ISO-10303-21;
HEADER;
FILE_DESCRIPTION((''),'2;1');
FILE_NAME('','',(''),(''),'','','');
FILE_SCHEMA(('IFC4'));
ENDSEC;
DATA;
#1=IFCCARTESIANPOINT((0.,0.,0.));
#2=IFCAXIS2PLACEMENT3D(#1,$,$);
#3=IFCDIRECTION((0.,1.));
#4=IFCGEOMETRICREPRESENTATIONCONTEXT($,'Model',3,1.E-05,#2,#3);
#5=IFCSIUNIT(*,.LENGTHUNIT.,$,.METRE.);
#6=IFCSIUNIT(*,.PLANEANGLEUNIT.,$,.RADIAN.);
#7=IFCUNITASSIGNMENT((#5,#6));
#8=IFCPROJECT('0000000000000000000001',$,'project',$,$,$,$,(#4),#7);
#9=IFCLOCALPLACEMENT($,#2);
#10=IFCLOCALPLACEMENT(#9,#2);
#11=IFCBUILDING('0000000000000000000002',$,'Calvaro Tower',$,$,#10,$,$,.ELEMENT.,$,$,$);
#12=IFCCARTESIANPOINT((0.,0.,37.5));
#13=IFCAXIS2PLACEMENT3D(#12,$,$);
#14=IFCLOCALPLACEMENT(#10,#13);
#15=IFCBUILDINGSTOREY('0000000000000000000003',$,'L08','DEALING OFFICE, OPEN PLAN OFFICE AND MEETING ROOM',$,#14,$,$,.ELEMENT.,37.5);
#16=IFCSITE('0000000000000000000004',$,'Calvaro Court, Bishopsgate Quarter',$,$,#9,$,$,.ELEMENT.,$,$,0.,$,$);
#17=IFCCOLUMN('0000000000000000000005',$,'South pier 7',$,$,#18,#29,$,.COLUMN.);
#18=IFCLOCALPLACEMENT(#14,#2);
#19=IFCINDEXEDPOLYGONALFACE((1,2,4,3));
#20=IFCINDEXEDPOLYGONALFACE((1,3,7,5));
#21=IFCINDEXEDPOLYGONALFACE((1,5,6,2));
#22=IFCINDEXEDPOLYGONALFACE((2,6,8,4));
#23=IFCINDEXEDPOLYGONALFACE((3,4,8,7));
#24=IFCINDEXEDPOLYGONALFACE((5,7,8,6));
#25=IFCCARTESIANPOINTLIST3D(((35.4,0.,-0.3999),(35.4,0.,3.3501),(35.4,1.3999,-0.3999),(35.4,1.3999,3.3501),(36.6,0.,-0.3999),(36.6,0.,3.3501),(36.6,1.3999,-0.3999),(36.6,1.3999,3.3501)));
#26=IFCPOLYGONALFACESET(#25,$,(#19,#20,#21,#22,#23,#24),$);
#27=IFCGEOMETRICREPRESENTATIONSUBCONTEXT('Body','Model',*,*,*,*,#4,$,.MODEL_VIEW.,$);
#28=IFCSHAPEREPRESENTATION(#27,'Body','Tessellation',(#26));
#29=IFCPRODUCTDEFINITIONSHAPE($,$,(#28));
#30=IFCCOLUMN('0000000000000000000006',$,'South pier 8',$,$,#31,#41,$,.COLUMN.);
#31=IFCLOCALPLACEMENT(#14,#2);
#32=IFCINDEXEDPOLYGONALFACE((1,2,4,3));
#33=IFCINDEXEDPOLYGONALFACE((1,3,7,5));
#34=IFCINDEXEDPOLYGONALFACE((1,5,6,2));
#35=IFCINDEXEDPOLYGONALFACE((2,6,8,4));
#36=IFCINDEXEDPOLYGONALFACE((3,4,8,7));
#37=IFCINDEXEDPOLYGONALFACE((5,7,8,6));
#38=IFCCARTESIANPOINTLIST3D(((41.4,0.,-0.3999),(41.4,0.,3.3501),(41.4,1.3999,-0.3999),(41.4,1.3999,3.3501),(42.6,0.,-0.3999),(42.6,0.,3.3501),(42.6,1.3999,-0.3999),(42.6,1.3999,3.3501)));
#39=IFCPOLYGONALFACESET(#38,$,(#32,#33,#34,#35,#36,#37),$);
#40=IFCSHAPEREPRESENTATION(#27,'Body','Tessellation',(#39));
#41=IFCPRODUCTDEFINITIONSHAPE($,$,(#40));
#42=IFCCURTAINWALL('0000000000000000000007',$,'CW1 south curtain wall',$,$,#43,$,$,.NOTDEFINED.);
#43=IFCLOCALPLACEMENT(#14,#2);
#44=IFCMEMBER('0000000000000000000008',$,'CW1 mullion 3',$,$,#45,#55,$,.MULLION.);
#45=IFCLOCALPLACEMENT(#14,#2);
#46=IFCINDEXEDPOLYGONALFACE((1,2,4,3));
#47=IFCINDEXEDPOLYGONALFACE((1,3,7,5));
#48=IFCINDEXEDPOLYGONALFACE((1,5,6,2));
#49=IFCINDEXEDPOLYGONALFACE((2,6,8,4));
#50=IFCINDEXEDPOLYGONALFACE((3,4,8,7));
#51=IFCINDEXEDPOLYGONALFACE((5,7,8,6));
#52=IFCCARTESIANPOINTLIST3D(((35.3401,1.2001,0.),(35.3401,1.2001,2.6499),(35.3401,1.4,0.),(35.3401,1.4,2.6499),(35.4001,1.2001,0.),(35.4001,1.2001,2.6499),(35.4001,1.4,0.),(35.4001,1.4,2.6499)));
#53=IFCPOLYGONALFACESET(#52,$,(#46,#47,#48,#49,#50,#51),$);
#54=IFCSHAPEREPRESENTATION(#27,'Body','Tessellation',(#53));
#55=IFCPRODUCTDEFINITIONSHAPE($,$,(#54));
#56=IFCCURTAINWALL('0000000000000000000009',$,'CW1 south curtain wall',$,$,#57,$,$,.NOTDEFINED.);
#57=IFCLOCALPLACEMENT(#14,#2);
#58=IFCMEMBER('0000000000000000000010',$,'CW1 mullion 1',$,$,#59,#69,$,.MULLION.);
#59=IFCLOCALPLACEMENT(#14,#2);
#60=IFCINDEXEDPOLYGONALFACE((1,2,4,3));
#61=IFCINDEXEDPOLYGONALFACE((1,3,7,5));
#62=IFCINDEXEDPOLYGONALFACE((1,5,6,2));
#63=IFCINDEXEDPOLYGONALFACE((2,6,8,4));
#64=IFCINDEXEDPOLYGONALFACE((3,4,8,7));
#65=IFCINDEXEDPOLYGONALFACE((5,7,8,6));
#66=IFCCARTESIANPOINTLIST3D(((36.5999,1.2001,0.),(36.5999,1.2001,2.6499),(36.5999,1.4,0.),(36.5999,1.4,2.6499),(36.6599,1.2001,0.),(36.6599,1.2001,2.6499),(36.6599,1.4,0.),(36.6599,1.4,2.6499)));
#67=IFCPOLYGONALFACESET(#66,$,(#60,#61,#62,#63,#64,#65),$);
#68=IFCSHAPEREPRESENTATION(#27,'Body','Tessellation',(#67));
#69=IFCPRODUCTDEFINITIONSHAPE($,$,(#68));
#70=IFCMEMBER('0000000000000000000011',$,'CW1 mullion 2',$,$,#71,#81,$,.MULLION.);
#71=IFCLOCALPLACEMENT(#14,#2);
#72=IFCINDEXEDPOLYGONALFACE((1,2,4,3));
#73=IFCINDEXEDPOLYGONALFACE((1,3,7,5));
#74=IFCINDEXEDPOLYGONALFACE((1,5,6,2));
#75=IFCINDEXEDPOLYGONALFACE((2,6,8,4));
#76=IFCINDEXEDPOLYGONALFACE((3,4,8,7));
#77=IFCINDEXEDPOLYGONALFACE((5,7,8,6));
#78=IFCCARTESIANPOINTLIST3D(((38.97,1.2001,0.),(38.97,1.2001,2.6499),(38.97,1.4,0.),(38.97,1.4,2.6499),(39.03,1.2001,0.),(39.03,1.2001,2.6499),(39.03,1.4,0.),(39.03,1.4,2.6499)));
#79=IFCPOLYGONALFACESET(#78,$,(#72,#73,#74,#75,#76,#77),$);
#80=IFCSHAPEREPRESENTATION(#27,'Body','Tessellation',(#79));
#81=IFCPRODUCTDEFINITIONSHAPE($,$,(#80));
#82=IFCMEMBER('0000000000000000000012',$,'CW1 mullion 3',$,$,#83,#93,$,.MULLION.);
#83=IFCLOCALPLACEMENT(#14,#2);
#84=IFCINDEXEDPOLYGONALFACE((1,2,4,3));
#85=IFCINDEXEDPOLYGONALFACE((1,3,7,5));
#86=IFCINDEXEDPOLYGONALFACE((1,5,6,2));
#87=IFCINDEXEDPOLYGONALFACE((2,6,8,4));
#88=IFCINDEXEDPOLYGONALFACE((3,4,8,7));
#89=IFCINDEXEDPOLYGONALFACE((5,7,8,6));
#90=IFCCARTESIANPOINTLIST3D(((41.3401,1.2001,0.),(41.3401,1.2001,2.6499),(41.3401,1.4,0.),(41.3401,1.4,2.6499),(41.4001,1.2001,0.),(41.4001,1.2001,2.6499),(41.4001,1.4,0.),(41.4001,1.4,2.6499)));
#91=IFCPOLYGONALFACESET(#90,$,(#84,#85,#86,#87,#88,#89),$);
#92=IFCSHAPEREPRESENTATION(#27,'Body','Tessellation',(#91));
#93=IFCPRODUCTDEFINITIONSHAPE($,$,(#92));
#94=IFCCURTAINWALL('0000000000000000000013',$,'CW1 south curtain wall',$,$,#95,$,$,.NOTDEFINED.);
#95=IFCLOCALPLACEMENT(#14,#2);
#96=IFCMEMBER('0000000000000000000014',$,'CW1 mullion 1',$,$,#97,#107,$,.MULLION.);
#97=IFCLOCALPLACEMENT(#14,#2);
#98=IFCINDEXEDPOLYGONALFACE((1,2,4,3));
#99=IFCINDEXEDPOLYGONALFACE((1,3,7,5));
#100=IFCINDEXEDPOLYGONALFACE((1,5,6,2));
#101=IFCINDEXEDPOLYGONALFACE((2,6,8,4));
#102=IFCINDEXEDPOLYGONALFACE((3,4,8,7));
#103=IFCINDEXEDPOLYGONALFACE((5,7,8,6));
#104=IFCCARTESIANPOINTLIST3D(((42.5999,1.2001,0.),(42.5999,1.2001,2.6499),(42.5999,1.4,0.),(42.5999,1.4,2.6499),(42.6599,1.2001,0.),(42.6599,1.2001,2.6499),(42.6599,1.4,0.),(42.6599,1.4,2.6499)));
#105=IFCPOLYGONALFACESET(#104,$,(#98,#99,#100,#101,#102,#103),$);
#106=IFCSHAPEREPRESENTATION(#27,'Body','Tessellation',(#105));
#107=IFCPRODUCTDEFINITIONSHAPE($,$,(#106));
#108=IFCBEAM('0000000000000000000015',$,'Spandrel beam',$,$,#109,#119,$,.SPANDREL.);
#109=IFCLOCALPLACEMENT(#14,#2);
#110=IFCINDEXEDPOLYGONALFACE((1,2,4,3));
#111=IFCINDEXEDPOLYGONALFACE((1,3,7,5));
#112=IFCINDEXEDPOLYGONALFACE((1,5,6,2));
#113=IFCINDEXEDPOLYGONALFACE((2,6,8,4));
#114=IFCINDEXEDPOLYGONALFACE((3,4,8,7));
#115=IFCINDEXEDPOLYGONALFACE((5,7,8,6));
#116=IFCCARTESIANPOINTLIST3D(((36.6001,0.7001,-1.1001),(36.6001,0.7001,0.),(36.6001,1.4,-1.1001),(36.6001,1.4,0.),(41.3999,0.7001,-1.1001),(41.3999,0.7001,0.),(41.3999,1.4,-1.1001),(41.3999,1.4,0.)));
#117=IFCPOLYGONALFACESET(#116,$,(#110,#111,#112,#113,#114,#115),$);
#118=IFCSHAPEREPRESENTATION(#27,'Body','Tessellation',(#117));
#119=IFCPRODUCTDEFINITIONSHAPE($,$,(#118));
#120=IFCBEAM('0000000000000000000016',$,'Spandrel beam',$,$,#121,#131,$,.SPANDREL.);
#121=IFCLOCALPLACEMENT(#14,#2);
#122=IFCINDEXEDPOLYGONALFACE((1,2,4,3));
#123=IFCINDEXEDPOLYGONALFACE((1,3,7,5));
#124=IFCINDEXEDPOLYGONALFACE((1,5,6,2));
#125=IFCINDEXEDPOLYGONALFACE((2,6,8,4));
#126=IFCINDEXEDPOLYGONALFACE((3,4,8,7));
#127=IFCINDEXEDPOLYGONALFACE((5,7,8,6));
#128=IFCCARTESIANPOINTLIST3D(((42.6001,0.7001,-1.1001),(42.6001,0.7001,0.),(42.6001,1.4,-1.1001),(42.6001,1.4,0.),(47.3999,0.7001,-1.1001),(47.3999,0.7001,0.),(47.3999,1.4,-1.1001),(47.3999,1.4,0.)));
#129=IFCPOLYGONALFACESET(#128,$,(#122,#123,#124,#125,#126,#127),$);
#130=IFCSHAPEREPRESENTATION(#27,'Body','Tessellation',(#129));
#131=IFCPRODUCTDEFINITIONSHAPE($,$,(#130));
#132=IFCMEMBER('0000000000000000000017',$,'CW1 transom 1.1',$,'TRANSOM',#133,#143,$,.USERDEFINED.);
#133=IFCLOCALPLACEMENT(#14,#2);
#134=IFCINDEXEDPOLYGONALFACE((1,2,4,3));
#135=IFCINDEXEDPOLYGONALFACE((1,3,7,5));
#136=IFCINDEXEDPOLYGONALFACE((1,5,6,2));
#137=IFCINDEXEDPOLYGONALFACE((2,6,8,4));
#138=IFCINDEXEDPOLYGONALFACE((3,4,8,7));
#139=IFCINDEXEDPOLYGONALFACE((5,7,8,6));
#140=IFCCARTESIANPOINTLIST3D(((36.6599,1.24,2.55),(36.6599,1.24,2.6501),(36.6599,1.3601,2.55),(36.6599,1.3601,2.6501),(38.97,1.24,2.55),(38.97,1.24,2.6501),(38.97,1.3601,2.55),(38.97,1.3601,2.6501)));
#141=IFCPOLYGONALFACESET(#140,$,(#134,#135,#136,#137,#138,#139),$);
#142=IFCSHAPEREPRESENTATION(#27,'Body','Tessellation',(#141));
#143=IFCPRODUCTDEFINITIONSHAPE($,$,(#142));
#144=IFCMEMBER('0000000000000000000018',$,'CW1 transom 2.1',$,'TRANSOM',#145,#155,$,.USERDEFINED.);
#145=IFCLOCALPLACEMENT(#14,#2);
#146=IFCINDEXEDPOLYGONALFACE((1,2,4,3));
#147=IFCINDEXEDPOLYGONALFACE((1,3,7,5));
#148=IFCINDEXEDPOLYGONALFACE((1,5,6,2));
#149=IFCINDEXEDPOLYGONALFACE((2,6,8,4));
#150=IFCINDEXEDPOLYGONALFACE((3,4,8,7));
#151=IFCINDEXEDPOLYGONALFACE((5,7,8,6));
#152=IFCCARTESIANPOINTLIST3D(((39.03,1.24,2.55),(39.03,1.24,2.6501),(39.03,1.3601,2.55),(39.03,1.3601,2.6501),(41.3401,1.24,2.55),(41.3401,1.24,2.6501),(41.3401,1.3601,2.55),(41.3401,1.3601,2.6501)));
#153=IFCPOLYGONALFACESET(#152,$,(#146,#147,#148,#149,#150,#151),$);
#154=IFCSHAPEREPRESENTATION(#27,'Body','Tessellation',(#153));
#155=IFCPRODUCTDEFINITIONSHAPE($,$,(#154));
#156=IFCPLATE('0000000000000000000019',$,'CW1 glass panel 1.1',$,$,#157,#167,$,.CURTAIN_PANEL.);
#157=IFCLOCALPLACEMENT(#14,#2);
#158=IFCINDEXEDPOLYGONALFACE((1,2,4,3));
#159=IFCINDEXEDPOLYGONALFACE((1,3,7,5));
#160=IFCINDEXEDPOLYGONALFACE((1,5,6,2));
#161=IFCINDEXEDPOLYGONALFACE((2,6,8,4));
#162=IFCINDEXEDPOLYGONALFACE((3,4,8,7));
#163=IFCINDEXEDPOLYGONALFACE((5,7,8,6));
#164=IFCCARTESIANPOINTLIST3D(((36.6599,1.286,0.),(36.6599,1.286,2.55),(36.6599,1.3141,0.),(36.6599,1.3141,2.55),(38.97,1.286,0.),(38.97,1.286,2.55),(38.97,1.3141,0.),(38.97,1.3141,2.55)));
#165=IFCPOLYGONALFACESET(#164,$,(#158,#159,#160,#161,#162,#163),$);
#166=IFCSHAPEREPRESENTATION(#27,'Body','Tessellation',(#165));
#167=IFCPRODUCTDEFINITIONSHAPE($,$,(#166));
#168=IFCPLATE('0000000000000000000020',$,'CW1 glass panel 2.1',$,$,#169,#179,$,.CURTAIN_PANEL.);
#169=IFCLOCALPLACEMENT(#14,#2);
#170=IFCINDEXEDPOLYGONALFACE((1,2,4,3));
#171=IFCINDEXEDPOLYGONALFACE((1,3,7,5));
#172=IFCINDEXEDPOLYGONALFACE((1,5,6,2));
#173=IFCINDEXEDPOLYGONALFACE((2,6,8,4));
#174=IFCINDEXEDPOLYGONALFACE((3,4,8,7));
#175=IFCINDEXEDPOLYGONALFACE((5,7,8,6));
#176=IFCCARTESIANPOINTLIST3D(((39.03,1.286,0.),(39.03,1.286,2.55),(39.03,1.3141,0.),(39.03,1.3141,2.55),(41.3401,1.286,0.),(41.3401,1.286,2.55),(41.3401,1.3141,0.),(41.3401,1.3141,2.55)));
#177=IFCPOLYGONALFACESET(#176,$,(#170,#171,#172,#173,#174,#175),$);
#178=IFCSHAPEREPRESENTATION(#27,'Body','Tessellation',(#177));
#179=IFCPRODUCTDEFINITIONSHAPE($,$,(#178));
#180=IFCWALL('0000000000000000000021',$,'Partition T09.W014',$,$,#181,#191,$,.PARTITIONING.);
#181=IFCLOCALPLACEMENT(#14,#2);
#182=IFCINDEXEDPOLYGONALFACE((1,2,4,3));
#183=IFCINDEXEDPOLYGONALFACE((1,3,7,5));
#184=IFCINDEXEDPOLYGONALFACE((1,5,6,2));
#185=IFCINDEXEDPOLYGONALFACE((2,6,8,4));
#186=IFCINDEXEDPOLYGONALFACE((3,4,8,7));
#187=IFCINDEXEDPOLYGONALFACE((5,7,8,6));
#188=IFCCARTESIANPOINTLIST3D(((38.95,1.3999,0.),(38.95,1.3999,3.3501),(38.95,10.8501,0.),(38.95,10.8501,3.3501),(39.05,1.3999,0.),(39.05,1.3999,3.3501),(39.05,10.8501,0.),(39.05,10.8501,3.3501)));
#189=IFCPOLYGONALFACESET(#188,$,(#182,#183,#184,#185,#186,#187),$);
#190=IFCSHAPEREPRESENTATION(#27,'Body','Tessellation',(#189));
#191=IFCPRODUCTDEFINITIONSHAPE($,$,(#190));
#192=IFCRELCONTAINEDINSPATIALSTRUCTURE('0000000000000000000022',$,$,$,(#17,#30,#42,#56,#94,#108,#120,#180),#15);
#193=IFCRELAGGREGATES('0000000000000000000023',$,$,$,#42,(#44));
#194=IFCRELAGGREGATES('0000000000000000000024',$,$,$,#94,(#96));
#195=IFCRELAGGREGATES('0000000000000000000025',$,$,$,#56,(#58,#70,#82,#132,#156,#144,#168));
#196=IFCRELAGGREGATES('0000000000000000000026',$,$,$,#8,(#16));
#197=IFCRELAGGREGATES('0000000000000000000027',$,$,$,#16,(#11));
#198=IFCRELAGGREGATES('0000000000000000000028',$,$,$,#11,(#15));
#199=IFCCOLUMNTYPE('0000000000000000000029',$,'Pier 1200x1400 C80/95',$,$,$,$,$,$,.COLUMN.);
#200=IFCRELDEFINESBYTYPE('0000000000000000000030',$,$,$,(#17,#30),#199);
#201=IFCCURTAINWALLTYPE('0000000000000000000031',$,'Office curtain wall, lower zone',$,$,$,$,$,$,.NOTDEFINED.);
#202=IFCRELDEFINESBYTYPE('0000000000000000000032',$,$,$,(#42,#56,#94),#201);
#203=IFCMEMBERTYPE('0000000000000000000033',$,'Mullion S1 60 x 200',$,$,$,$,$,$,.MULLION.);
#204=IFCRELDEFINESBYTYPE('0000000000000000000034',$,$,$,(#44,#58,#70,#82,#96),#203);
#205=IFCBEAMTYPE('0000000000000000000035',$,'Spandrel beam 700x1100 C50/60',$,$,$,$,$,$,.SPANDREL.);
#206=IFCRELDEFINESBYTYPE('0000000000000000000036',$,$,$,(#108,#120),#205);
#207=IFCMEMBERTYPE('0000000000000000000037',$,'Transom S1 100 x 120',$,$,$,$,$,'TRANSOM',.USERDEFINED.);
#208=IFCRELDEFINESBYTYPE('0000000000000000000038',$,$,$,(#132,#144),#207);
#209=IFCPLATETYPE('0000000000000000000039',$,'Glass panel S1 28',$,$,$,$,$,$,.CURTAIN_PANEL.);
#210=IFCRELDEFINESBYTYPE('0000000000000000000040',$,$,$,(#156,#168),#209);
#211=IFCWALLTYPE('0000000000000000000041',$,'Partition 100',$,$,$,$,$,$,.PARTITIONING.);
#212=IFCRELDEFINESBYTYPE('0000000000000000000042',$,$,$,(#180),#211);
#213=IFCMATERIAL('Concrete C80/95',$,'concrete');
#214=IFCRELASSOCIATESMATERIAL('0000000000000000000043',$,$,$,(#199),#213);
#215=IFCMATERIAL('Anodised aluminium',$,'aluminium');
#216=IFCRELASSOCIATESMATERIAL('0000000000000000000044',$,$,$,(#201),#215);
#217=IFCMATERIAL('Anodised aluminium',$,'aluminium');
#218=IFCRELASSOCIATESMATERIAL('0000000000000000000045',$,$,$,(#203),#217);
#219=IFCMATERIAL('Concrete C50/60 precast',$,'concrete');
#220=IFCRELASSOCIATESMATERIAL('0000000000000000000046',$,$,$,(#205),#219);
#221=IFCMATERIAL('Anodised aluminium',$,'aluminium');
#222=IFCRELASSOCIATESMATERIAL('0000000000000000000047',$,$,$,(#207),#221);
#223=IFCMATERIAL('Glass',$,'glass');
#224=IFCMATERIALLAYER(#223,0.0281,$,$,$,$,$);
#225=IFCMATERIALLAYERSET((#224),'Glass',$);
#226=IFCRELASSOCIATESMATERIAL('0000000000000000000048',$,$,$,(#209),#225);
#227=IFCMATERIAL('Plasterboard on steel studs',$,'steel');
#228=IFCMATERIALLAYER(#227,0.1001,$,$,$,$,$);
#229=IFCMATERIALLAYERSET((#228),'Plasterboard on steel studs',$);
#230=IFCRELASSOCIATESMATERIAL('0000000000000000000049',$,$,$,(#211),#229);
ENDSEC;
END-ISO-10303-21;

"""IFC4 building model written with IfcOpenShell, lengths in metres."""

from ifc_helpers import new_model, si_unit, direction, frame, frame_2d, origin, origin_2d, place, context, subcontext, project, spatial, rectangle, extrude, material, layer, layer_set, material_profile, profile_set, type_object, element, aggregate, save


model = new_model("IFC4")

# Units and contexts
model_context = context("Model", 3, precision=1e-05, world=origin(), true_north=direction((0.0, 1.0)))
body_context = subcontext(model_context, "Body", "Model", "MODEL_VIEW")
ifc_project = project(units=[si_unit("LENGTHUNIT", "METRE"), si_unit("PLANEANGLEUNIT", "RADIAN")], contexts=[model_context])

# Site, building, storey
site_placement = place(None, origin())
site = spatial("IfcSite", under=ifc_project, at=site_placement, Name="Calvaro Court, Bishopsgate Quarter", CompositionType="ELEMENT", RefElevation=0.0)
building_placement = place(site_placement, origin())
building = spatial("IfcBuilding", under=site, at=building_placement, Name="Calvaro Tower", CompositionType="ELEMENT")
storey_placement = place(building_placement, frame((0.0, 0.0, 37.5)))
storey = spatial("IfcBuildingStorey", under=building, at=storey_placement, Name="L08", Description="DEALING OFFICE, OPEN PLAN OFFICE AND MEETING ROOM", CompositionType="ELEMENT", Elevation=37.5)

# Columns
ifc_material_1 = material(Name="Concrete C80/95", Category="concrete")
ifc_material_profile_1 = material_profile(ifc_material_1, rectangle(XDim=1.2, YDim=1.3999, at=origin_2d()), Name="RC 1200x1400")
ifc_profile_set_1 = profile_set([ifc_material_profile_1], Name="Concrete C80/95")
column_type = type_object("IfcColumnType", Name="Pier 1200x1400 C80/95", PredefinedType="COLUMN", material=ifc_profile_set_1)
for number, where, z_axis, x_axis, name in (
    (1, (36.0, 0.7, -0.3999), (0.0, 0.0, 1.0), (1.0, 0.0, 0.0), "South pier 7"),
    (2, (42.0, 0.7, -0.3999), (0.0, 0.0, 1.0), (1.0, 0.0, 0.0), "South pier 8"),
):
    element("IfcColumn", number, at=place(storey_placement, frame(where, z_axis=z_axis, x_axis=x_axis)), inside=storey, type_object=column_type, Name=name, PredefinedType="COLUMN", context=body_context, shape_type="SweptSolid", body=[
        extrude(rectangle(XDim=1.2, YDim=1.3999, at=origin_2d()), origin(), (0.0, 0.0, 1.0), 3.75),
    ])

# Curtain wall, member
ifc_material_2 = material(Name="Anodised aluminium", Category="aluminium")
curtain_wall_type = type_object("IfcCurtainWallType", Name="Office curtain wall, lower zone", PredefinedType="NOTDEFINED", material=ifc_material_2)
curtain_wall_1_placement = place(storey_placement, origin())
curtain_wall_1 = element("IfcCurtainWall", 3, at=curtain_wall_1_placement, inside=storey, type_object=curtain_wall_type, Name="CW1 south curtain wall", PredefinedType="NOTDEFINED")
ifc_material_3 = material(Name="Anodised aluminium", Category="aluminium")
ifc_material_profile_2 = material_profile(ifc_material_3, rectangle(XDim=0.2, YDim=0.0601, at=origin_2d()), Name="Mullion S1 60 x 200")
ifc_profile_set_2 = profile_set([ifc_material_profile_2], Name="Anodised aluminium")
member_type_1 = type_object("IfcMemberType", Name="Mullion S1 60 x 200", PredefinedType="MULLION", material=ifc_profile_set_2)
member_1_placement = place(storey_placement, frame((35.3701, 1.3, 0.0), z_axis=(0.0, 0.0, 1.0), x_axis=(0.0, 1.0, 0.0)))
member_1 = element("IfcMember", 4, at=member_1_placement, type_object=member_type_1, Name="CW1 mullion 3", PredefinedType="MULLION", context=body_context, shape_type="SweptSolid", body=[
    extrude(rectangle(XDim=0.2, YDim=0.0601, at=origin_2d()), origin(), (0.0, 0.0, 1.0), 2.6499),
])
aggregate(curtain_wall_1, [member_1])

# Curtain wall, members
curtain_wall_2_placement = place(storey_placement, origin())
curtain_wall_2 = element("IfcCurtainWall", 5, at=curtain_wall_2_placement, inside=storey, type_object=curtain_wall_type, Name="CW1 south curtain wall", PredefinedType="NOTDEFINED")
member_2_placement = place(storey_placement, frame((36.6299, 1.3, 0.0), z_axis=(0.0, 0.0, 1.0), x_axis=(0.0, 1.0, 0.0)))
member_2 = element("IfcMember", 6, at=member_2_placement, type_object=member_type_1, Name="CW1 mullion 1", PredefinedType="MULLION", context=body_context, shape_type="SweptSolid", body=[
    extrude(rectangle(XDim=0.2, YDim=0.0601, at=origin_2d()), origin(), (0.0, 0.0, 1.0), 2.6499),
])
member_3_placement = place(storey_placement, frame((39.0, 1.3, 0.0), z_axis=(0.0, 0.0, 1.0), x_axis=(0.0, 1.0, 0.0)))
member_3 = element("IfcMember", 7, at=member_3_placement, type_object=member_type_1, Name="CW1 mullion 2", PredefinedType="MULLION", context=body_context, shape_type="SweptSolid", body=[
    extrude(rectangle(XDim=0.2, YDim=0.0601, at=origin_2d()), origin(), (0.0, 0.0, 1.0), 2.6499),
])
member_4_placement = place(storey_placement, frame((41.3701, 1.3, 0.0), z_axis=(0.0, 0.0, 1.0), x_axis=(0.0, 1.0, 0.0)))
member_4 = element("IfcMember", 8, at=member_4_placement, type_object=member_type_1, Name="CW1 mullion 3", PredefinedType="MULLION", context=body_context, shape_type="SweptSolid", body=[
    extrude(rectangle(XDim=0.2, YDim=0.0601, at=origin_2d()), origin(), (0.0, 0.0, 1.0), 2.6499),
])

# Curtain wall, member
curtain_wall_3_placement = place(storey_placement, origin())
curtain_wall_3 = element("IfcCurtainWall", 9, at=curtain_wall_3_placement, inside=storey, type_object=curtain_wall_type, Name="CW1 south curtain wall", PredefinedType="NOTDEFINED")
member_5_placement = place(storey_placement, frame((42.6299, 1.3, 0.0), z_axis=(0.0, 0.0, 1.0), x_axis=(0.0, 1.0, 0.0)))
member_5 = element("IfcMember", 10, at=member_5_placement, type_object=member_type_1, Name="CW1 mullion 1", PredefinedType="MULLION", context=body_context, shape_type="SweptSolid", body=[
    extrude(rectangle(XDim=0.2, YDim=0.0601, at=origin_2d()), origin(), (0.0, 0.0, 1.0), 2.6499),
])
aggregate(curtain_wall_3, [member_5])

# Beams
ifc_material_4 = material(Name="Concrete C50/60 precast", Category="concrete")
ifc_material_profile_3 = material_profile(ifc_material_4, rectangle(XDim=0.7, YDim=1.1001, at=origin_2d()), Name="RC 700x1100")
ifc_profile_set_3 = profile_set([ifc_material_profile_3], Name="Concrete C50/60 precast")
beam_type = type_object("IfcBeamType", Name="Spandrel beam 700x1100 C50/60", PredefinedType="SPANDREL", material=ifc_profile_set_3)
for number, where, z_axis, x_axis, name in (
    (11, (36.6001, 1.05, -0.55), (1.0, 0.0, 0.0), (0.0, 1.0, 0.0), "Spandrel beam"),
    (12, (42.6001, 1.05, -0.55), (1.0, 0.0, 0.0), (0.0, 1.0, 0.0), "Spandrel beam"),
):
    element("IfcBeam", number, at=place(storey_placement, frame(where, z_axis=z_axis, x_axis=x_axis)), inside=storey, type_object=beam_type, Name=name, PredefinedType="SPANDREL", context=body_context, shape_type="SweptSolid", body=[
        extrude(rectangle(XDim=0.7, YDim=1.1001, at=origin_2d()), origin(), (0.0, 0.0, 1.0), 4.7998),
    ])

# Members
ifc_material_5 = material(Name="Anodised aluminium", Category="aluminium")
ifc_material_profile_4 = material_profile(ifc_material_5, rectangle(XDim=0.1201, YDim=0.1001, at=origin_2d()), Name="Transom S1 100 x 120")
ifc_profile_set_4 = profile_set([ifc_material_profile_4], Name="Anodised aluminium")
member_type_2 = type_object("IfcMemberType", Name="Transom S1 100 x 120", ElementType="TRANSOM", PredefinedType="USERDEFINED", material=ifc_profile_set_4)
member_6_placement = place(storey_placement, frame((36.6599, 1.3, 2.6001), z_axis=(1.0, 0.0, 0.0), x_axis=(0.0, 1.0, 0.0)))
member_6 = element("IfcMember", 13, at=member_6_placement, type_object=member_type_2, Name="CW1 transom 1.1", ObjectType="TRANSOM", PredefinedType="USERDEFINED", context=body_context, shape_type="SweptSolid", body=[
    extrude(rectangle(XDim=0.1201, YDim=0.1001, at=origin_2d()), origin(), (0.0, 0.0, 1.0), 2.3101),
])
member_7_placement = place(storey_placement, frame((39.03, 1.3, 2.6001), z_axis=(1.0, 0.0, 0.0), x_axis=(0.0, 1.0, 0.0)))
member_7 = element("IfcMember", 14, at=member_7_placement, type_object=member_type_2, Name="CW1 transom 2.1", ObjectType="TRANSOM", PredefinedType="USERDEFINED", context=body_context, shape_type="SweptSolid", body=[
    extrude(rectangle(XDim=0.1201, YDim=0.1001, at=origin_2d()), origin(), (0.0, 0.0, 1.0), 2.3101),
])

# Plates
ifc_material_6 = material(Name="Glass", Category="glass")
ifc_layer_1 = layer(ifc_material_6, 0.0281)
ifc_layer_set_1 = layer_set([ifc_layer_1], Name="Glass")
plate_type = type_object("IfcPlateType", Name="Glass panel S1 28", PredefinedType="CURTAIN_PANEL", material=ifc_layer_set_1)
plate_1_placement = place(storey_placement, frame((37.8149, 1.3, 0.0), z_axis=(0.0, 0.0, 1.0), x_axis=(1.0, 0.0, 0.0)))
plate_1 = element("IfcPlate", 15, at=plate_1_placement, type_object=plate_type, Name="CW1 glass panel 1.1", PredefinedType="CURTAIN_PANEL", context=body_context, shape_type="SweptSolid", body=[
    extrude(rectangle(XDim=2.3101, YDim=0.0281, at=origin_2d()), origin(), (0.0, 0.0, 1.0), 2.55),
])
plate_2_placement = place(storey_placement, frame((40.1851, 1.3, 0.0), z_axis=(0.0, 0.0, 1.0), x_axis=(1.0, 0.0, 0.0)))
plate_2 = element("IfcPlate", 16, at=plate_2_placement, type_object=plate_type, Name="CW1 glass panel 2.1", PredefinedType="CURTAIN_PANEL", context=body_context, shape_type="SweptSolid", body=[
    extrude(rectangle(XDim=2.3101, YDim=0.0281, at=origin_2d()), origin(), (0.0, 0.0, 1.0), 2.55),
])
aggregate(curtain_wall_2, [member_2, member_3, member_4, member_6, plate_1, member_7, plate_2])

# Wall
ifc_material_7 = material(Name="Plasterboard on steel studs", Category="steel")
ifc_layer_2 = layer(ifc_material_7, 0.1001)
ifc_layer_set_2 = layer_set([ifc_layer_2], Name="Plasterboard on steel studs")
wall_type = type_object("IfcWallType", Name="Partition 100", PredefinedType="PARTITIONING", material=ifc_layer_set_2)
wall_placement = place(storey_placement, frame((39.0, 1.3999, 0.0), z_axis=(0.0, 0.0, 1.0), x_axis=(0.0, 1.0, 0.0)))
element("IfcWall", 17, at=wall_placement, inside=storey, type_object=wall_type, Name="Partition T09.W014", PredefinedType="PARTITIONING", context=body_context, shape_type="SweptSolid", body=[
    extrude(rectangle(XDim=9.4502, YDim=0.1001, at=frame_2d((4.7251, 0.0))), origin(), (0.0, 0.0, 1.0), 3.3501),
])

save(model, "model.ifc")
